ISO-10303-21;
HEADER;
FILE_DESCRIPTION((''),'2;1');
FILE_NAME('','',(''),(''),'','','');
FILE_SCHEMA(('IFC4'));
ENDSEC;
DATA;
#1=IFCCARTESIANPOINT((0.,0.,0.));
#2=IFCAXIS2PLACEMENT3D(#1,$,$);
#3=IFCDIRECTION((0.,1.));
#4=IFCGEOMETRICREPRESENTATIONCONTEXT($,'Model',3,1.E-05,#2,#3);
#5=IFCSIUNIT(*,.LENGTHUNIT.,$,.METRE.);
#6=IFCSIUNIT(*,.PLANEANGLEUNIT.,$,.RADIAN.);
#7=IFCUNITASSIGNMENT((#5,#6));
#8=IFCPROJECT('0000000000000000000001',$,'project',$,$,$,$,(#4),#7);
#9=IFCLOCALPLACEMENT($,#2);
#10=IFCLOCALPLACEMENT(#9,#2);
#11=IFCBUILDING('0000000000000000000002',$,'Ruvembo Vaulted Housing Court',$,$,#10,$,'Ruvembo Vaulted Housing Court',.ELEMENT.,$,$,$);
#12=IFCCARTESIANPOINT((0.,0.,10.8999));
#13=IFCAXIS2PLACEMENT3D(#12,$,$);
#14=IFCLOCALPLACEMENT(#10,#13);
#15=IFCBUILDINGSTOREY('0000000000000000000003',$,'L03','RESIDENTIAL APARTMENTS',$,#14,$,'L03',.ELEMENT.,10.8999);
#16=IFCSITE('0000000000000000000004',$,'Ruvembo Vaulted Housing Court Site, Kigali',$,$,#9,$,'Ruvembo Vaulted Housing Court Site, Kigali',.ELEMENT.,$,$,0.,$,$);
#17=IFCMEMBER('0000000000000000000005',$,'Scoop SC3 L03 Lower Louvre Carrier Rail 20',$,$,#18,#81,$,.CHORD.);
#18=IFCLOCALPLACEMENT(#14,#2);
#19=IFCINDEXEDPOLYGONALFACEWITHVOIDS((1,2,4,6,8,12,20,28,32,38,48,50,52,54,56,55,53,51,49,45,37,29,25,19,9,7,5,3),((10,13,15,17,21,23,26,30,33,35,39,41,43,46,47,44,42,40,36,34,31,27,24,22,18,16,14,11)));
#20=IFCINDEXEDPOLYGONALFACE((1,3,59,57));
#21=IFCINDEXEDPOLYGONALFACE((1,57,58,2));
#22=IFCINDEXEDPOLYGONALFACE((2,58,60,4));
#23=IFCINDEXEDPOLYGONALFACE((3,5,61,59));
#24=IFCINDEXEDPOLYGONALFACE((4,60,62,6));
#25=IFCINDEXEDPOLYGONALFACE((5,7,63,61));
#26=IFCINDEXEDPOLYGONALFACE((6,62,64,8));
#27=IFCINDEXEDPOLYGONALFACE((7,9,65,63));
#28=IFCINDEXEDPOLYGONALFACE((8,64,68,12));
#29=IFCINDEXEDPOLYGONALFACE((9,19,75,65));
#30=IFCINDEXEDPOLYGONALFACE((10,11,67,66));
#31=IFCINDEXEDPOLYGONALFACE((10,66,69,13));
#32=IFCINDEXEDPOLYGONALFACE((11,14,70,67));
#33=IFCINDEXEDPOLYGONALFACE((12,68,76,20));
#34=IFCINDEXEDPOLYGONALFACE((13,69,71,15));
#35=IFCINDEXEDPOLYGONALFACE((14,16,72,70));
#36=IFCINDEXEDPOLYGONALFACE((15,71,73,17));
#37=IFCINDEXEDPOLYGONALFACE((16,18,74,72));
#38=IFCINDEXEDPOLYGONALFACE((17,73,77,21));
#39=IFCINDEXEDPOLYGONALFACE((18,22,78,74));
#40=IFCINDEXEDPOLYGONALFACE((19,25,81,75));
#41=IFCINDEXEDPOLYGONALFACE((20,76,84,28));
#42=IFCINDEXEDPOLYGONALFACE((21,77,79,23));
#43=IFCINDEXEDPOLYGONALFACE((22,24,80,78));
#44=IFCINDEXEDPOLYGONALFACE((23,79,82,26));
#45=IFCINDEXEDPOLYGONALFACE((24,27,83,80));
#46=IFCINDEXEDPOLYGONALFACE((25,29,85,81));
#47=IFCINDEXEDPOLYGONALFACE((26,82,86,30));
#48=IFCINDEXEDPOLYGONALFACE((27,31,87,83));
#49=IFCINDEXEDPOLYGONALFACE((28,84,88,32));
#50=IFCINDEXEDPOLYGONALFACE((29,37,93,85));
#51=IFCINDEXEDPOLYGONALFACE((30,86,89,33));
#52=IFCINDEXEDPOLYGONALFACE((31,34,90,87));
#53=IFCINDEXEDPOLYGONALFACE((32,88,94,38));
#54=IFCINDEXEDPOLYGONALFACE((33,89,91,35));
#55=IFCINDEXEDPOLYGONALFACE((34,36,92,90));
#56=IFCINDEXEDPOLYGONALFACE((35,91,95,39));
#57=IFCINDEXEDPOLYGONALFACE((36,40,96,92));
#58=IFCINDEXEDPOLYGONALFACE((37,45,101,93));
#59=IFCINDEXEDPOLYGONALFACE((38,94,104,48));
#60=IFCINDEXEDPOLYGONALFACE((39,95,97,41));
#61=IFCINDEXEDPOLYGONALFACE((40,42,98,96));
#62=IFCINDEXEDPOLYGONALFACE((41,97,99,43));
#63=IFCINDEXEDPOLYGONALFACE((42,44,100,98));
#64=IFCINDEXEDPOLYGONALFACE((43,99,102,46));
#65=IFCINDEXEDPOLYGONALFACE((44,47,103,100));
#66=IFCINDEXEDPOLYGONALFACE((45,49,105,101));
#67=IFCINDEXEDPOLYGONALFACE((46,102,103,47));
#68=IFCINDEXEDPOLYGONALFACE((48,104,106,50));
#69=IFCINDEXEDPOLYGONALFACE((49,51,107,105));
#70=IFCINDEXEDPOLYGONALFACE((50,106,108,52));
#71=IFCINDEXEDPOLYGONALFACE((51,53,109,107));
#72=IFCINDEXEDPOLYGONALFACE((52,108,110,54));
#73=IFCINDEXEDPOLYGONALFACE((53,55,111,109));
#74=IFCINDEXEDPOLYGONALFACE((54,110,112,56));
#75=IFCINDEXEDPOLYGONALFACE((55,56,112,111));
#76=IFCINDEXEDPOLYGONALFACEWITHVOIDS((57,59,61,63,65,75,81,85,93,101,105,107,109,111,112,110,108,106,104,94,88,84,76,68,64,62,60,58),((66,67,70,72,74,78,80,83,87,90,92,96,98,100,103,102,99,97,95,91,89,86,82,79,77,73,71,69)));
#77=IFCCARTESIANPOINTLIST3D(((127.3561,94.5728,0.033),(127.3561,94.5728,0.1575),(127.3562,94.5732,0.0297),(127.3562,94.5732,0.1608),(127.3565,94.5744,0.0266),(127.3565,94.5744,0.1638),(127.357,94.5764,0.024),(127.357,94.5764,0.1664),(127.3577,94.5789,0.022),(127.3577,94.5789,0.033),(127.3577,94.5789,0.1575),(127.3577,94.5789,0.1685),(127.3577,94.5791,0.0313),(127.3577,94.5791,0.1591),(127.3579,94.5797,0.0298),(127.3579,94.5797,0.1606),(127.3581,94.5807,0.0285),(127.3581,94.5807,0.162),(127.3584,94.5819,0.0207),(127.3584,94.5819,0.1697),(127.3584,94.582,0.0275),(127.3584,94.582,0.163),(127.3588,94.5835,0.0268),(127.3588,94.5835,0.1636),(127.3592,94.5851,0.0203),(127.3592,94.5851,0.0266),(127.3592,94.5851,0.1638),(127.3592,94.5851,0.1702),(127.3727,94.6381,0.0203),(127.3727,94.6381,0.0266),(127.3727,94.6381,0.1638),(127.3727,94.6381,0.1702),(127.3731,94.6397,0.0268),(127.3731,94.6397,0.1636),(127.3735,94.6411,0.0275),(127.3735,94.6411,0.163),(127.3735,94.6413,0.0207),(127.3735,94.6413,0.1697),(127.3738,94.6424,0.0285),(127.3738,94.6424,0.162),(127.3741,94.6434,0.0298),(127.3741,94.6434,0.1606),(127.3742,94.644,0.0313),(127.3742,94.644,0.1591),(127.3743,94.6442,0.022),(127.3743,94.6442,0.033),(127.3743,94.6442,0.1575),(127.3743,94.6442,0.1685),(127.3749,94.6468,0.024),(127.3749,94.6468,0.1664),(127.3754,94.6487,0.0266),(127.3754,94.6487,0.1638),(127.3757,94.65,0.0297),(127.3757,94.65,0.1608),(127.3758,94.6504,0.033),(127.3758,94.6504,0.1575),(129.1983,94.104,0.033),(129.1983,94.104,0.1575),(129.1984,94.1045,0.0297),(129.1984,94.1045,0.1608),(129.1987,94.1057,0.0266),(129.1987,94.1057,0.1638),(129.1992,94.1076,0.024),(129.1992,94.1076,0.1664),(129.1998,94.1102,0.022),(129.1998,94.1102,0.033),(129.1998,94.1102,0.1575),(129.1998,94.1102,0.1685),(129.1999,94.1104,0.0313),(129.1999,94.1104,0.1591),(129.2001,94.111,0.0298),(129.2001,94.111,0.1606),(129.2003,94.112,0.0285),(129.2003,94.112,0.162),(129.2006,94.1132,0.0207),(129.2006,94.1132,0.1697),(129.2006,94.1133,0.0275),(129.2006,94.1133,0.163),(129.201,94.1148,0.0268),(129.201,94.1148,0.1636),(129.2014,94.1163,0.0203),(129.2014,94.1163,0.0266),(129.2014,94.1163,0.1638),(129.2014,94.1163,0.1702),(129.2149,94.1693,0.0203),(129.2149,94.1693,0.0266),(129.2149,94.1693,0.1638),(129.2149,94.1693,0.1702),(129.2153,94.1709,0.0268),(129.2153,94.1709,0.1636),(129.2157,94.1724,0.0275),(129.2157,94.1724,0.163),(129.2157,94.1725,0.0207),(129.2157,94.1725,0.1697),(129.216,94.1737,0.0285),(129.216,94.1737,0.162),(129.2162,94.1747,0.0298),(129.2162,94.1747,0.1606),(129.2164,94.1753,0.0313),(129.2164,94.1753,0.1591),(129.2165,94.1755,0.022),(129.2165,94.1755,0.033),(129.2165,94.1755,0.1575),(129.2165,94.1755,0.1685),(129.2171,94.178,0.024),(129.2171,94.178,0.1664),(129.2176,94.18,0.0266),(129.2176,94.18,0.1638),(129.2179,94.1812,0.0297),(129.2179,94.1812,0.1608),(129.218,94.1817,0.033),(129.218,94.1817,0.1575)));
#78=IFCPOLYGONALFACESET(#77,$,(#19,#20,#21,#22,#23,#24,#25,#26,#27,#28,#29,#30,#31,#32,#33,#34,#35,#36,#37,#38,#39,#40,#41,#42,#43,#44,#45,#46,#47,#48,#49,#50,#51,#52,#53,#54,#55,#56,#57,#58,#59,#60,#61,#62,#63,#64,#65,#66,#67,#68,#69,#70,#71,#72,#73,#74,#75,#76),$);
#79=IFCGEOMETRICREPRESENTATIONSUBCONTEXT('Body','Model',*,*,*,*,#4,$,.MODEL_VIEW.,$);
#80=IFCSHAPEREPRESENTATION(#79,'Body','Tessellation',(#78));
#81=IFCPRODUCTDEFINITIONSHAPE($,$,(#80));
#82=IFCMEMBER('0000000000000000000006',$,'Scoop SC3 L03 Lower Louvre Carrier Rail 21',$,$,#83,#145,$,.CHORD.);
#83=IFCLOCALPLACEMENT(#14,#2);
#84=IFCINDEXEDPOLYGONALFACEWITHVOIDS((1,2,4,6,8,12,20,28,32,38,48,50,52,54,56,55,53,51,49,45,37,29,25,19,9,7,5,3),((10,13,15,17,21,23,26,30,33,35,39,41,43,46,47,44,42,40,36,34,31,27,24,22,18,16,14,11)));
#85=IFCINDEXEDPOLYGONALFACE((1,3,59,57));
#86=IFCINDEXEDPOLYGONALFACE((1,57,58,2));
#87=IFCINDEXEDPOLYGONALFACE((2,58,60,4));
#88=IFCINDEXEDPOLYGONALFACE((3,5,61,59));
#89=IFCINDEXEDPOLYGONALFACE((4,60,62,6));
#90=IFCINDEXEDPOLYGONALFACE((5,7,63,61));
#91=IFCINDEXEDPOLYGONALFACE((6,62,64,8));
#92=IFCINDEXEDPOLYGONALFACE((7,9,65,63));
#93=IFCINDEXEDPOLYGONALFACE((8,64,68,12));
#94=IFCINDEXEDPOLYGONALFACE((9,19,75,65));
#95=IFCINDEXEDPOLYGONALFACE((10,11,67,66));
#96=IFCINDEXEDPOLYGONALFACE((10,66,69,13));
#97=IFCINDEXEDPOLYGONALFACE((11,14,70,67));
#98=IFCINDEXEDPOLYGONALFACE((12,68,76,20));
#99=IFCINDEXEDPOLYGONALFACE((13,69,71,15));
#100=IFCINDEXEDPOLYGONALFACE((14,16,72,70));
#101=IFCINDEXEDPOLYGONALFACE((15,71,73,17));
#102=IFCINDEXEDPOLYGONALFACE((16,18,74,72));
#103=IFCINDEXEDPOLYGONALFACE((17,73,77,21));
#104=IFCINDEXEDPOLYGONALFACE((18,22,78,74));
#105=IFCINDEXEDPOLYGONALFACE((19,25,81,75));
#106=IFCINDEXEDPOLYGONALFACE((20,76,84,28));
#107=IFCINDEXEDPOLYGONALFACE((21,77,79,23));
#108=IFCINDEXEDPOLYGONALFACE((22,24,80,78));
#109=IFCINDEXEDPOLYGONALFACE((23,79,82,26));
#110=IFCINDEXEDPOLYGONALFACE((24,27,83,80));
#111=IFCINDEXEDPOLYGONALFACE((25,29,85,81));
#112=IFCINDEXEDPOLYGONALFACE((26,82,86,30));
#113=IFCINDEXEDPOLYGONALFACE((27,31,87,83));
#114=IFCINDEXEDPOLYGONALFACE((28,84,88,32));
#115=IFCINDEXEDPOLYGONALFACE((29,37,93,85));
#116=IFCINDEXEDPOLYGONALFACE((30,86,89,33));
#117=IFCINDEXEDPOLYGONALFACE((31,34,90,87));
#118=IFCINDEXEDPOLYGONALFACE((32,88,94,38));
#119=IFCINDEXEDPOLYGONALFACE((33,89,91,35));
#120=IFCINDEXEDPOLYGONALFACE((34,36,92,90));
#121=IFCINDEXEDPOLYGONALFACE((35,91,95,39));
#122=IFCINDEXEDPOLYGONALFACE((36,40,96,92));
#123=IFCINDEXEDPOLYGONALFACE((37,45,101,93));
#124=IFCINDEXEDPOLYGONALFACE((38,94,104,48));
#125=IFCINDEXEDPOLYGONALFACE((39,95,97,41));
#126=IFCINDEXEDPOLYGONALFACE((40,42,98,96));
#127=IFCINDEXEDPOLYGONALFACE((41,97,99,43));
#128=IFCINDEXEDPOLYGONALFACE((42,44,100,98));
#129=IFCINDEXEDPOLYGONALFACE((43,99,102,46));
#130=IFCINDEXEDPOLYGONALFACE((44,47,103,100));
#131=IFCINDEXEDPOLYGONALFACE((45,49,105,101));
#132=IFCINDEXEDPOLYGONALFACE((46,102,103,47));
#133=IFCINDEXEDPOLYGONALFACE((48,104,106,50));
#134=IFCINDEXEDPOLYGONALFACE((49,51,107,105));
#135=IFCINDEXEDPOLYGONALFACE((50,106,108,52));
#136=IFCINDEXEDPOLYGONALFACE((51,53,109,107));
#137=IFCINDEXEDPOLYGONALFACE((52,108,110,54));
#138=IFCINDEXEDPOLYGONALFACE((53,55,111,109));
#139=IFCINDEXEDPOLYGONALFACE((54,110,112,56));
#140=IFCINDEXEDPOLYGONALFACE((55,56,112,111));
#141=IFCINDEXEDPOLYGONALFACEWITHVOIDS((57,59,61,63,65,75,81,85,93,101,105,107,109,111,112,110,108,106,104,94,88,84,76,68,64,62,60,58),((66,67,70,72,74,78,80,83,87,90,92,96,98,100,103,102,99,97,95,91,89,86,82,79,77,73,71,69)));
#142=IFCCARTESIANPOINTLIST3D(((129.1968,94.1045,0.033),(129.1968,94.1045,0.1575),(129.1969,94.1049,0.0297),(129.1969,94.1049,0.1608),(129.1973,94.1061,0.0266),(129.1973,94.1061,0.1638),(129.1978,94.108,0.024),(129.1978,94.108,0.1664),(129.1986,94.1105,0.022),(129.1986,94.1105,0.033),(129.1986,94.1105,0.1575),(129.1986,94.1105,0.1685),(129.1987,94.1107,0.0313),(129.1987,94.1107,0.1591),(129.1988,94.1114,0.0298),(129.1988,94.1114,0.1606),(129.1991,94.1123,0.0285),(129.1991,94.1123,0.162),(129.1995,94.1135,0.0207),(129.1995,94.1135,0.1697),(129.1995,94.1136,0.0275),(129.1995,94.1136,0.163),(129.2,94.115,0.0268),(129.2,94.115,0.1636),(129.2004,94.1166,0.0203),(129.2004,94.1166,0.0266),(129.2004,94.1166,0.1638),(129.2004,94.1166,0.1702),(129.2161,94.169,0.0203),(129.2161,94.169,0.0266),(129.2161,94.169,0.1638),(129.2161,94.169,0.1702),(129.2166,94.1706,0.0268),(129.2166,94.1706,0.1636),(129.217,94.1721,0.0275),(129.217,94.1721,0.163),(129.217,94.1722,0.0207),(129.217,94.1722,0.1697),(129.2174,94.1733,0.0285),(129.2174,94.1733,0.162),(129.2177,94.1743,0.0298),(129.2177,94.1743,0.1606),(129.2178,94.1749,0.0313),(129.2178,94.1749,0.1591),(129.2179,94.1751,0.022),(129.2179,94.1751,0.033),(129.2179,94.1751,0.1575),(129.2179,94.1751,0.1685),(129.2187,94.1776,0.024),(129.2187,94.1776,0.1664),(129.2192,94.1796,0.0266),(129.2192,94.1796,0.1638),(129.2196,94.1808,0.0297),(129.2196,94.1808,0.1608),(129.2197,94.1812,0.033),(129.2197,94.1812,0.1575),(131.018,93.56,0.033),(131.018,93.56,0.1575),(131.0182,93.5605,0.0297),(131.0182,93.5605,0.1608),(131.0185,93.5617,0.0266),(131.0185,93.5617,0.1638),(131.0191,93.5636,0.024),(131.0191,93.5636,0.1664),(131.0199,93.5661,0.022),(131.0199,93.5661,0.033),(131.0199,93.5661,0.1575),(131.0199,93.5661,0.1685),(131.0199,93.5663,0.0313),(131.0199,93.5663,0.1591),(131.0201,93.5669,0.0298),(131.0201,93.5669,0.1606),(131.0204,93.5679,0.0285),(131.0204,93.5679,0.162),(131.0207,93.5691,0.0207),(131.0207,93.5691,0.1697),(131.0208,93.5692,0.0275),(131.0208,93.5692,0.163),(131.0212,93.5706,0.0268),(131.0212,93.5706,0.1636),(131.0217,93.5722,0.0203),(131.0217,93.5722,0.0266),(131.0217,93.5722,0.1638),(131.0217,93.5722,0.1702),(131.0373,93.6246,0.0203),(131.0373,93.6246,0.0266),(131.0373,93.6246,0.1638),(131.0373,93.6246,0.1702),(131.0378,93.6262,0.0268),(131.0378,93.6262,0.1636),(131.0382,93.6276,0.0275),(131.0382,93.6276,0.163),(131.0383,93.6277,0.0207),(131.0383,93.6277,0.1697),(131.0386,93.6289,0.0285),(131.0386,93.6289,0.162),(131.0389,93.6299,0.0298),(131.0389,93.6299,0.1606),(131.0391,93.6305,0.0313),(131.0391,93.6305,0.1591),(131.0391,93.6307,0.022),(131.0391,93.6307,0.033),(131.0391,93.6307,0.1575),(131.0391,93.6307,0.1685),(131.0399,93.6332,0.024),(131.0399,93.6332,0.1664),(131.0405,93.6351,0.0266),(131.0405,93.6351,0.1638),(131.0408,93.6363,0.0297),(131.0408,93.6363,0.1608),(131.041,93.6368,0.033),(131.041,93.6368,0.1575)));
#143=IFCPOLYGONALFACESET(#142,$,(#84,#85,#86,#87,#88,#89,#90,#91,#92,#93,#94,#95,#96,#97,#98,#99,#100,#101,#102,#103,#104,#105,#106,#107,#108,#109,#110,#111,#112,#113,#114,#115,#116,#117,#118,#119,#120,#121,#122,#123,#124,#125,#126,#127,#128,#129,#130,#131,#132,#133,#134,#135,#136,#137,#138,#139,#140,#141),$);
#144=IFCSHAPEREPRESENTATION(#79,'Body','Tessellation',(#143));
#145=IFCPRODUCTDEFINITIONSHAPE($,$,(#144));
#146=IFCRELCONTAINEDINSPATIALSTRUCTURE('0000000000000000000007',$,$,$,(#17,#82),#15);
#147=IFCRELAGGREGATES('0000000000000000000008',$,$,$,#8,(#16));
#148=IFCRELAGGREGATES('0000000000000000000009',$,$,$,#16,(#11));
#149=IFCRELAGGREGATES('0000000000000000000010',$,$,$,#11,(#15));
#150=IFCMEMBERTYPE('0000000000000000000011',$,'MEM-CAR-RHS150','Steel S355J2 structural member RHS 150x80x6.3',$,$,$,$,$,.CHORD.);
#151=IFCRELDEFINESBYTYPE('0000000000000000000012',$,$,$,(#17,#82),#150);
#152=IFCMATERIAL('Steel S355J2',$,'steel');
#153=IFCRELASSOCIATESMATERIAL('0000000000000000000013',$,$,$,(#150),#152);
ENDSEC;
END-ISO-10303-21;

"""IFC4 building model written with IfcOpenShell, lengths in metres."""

from ifc_helpers import new_model, si_unit, direction, frame, origin, origin_2d, place, context, subcontext, project, spatial, hollow_rectangle, extrude, material, material_profile, profile_set, type_object, element, save


model = new_model("IFC4")

# Units and contexts
model_context = context("Model", 3, precision=1e-05, world=origin(), true_north=direction((0.0, 1.0)))
body_context = subcontext(model_context, "Body", "Model", "MODEL_VIEW")
ifc_project = project(units=[si_unit("LENGTHUNIT", "METRE"), si_unit("PLANEANGLEUNIT", "RADIAN")], contexts=[model_context])

# Site, building, storey
site_placement = place(None, origin())
site = spatial("IfcSite", under=ifc_project, at=site_placement, Name="Ruvembo Vaulted Housing Court Site, Kigali", LongName="Ruvembo Vaulted Housing Court Site, Kigali", CompositionType="ELEMENT", RefElevation=0.0)
building_placement = place(site_placement, origin())
building = spatial("IfcBuilding", under=site, at=building_placement, Name="Ruvembo Vaulted Housing Court", LongName="Ruvembo Vaulted Housing Court", CompositionType="ELEMENT")
storey_placement = place(building_placement, frame((0.0, 0.0, 10.8999)))
storey = spatial("IfcBuildingStorey", under=building, at=storey_placement, Name="L03", Description="RESIDENTIAL APARTMENTS", LongName="L03", CompositionType="ELEMENT", Elevation=10.8999)

# Shared definitions
ifc_material_1 = material(Name="Steel S355J2", Category="steel")

# Members
ifc_material_profile_1 = material_profile(ifc_material_1, hollow_rectangle(XDim=0.0801, YDim=0.1499, WallThickness=0.0063, InnerFilletRadius=0.0063, OuterFilletRadius=0.0127, at=origin_2d()), Name="RHS 150x80x6.3")
ifc_profile_set_1 = profile_set([ifc_material_profile_1], Name="Steel S355J2")
member_type_1 = type_object("IfcMemberType", Name="MEM-CAR-RHS150", Description="Steel S355J2 structural member RHS 150x80x6.3", PredefinedType="CHORD", material=ifc_profile_set_1)
for number, where, z_axis, x_axis, name in (
    (1, (127.366, 94.6116, 0.0952), (0.969122, -0.246583, 0.0), (0.246583, 0.969122, 0.0), "Scoop SC3 L03 Lower Louvre Carrier Rail 20"),
    (2, (129.2083, 94.1428, 0.0952), (0.958109, -0.286405, 0.0), (0.286405, 0.958109, 0.0), "Scoop SC3 L03 Lower Louvre Carrier Rail 21"),
):
    element("IfcMember", number, at=place(storey_placement, frame(where, z_axis=z_axis, x_axis=x_axis)), inside=storey, type_object=member_type_1, Name=name, PredefinedType="CHORD", context=body_context, shape_type="SweptSolid", body=[
        extrude(hollow_rectangle(XDim=0.0801, YDim=0.1499, WallThickness=0.0063, InnerFilletRadius=0.0063, OuterFilletRadius=0.0127, at=origin_2d()), origin(), (0.0, 0.0, 1.0), 1.9009),
    ])

save(model, "model.ifc")
